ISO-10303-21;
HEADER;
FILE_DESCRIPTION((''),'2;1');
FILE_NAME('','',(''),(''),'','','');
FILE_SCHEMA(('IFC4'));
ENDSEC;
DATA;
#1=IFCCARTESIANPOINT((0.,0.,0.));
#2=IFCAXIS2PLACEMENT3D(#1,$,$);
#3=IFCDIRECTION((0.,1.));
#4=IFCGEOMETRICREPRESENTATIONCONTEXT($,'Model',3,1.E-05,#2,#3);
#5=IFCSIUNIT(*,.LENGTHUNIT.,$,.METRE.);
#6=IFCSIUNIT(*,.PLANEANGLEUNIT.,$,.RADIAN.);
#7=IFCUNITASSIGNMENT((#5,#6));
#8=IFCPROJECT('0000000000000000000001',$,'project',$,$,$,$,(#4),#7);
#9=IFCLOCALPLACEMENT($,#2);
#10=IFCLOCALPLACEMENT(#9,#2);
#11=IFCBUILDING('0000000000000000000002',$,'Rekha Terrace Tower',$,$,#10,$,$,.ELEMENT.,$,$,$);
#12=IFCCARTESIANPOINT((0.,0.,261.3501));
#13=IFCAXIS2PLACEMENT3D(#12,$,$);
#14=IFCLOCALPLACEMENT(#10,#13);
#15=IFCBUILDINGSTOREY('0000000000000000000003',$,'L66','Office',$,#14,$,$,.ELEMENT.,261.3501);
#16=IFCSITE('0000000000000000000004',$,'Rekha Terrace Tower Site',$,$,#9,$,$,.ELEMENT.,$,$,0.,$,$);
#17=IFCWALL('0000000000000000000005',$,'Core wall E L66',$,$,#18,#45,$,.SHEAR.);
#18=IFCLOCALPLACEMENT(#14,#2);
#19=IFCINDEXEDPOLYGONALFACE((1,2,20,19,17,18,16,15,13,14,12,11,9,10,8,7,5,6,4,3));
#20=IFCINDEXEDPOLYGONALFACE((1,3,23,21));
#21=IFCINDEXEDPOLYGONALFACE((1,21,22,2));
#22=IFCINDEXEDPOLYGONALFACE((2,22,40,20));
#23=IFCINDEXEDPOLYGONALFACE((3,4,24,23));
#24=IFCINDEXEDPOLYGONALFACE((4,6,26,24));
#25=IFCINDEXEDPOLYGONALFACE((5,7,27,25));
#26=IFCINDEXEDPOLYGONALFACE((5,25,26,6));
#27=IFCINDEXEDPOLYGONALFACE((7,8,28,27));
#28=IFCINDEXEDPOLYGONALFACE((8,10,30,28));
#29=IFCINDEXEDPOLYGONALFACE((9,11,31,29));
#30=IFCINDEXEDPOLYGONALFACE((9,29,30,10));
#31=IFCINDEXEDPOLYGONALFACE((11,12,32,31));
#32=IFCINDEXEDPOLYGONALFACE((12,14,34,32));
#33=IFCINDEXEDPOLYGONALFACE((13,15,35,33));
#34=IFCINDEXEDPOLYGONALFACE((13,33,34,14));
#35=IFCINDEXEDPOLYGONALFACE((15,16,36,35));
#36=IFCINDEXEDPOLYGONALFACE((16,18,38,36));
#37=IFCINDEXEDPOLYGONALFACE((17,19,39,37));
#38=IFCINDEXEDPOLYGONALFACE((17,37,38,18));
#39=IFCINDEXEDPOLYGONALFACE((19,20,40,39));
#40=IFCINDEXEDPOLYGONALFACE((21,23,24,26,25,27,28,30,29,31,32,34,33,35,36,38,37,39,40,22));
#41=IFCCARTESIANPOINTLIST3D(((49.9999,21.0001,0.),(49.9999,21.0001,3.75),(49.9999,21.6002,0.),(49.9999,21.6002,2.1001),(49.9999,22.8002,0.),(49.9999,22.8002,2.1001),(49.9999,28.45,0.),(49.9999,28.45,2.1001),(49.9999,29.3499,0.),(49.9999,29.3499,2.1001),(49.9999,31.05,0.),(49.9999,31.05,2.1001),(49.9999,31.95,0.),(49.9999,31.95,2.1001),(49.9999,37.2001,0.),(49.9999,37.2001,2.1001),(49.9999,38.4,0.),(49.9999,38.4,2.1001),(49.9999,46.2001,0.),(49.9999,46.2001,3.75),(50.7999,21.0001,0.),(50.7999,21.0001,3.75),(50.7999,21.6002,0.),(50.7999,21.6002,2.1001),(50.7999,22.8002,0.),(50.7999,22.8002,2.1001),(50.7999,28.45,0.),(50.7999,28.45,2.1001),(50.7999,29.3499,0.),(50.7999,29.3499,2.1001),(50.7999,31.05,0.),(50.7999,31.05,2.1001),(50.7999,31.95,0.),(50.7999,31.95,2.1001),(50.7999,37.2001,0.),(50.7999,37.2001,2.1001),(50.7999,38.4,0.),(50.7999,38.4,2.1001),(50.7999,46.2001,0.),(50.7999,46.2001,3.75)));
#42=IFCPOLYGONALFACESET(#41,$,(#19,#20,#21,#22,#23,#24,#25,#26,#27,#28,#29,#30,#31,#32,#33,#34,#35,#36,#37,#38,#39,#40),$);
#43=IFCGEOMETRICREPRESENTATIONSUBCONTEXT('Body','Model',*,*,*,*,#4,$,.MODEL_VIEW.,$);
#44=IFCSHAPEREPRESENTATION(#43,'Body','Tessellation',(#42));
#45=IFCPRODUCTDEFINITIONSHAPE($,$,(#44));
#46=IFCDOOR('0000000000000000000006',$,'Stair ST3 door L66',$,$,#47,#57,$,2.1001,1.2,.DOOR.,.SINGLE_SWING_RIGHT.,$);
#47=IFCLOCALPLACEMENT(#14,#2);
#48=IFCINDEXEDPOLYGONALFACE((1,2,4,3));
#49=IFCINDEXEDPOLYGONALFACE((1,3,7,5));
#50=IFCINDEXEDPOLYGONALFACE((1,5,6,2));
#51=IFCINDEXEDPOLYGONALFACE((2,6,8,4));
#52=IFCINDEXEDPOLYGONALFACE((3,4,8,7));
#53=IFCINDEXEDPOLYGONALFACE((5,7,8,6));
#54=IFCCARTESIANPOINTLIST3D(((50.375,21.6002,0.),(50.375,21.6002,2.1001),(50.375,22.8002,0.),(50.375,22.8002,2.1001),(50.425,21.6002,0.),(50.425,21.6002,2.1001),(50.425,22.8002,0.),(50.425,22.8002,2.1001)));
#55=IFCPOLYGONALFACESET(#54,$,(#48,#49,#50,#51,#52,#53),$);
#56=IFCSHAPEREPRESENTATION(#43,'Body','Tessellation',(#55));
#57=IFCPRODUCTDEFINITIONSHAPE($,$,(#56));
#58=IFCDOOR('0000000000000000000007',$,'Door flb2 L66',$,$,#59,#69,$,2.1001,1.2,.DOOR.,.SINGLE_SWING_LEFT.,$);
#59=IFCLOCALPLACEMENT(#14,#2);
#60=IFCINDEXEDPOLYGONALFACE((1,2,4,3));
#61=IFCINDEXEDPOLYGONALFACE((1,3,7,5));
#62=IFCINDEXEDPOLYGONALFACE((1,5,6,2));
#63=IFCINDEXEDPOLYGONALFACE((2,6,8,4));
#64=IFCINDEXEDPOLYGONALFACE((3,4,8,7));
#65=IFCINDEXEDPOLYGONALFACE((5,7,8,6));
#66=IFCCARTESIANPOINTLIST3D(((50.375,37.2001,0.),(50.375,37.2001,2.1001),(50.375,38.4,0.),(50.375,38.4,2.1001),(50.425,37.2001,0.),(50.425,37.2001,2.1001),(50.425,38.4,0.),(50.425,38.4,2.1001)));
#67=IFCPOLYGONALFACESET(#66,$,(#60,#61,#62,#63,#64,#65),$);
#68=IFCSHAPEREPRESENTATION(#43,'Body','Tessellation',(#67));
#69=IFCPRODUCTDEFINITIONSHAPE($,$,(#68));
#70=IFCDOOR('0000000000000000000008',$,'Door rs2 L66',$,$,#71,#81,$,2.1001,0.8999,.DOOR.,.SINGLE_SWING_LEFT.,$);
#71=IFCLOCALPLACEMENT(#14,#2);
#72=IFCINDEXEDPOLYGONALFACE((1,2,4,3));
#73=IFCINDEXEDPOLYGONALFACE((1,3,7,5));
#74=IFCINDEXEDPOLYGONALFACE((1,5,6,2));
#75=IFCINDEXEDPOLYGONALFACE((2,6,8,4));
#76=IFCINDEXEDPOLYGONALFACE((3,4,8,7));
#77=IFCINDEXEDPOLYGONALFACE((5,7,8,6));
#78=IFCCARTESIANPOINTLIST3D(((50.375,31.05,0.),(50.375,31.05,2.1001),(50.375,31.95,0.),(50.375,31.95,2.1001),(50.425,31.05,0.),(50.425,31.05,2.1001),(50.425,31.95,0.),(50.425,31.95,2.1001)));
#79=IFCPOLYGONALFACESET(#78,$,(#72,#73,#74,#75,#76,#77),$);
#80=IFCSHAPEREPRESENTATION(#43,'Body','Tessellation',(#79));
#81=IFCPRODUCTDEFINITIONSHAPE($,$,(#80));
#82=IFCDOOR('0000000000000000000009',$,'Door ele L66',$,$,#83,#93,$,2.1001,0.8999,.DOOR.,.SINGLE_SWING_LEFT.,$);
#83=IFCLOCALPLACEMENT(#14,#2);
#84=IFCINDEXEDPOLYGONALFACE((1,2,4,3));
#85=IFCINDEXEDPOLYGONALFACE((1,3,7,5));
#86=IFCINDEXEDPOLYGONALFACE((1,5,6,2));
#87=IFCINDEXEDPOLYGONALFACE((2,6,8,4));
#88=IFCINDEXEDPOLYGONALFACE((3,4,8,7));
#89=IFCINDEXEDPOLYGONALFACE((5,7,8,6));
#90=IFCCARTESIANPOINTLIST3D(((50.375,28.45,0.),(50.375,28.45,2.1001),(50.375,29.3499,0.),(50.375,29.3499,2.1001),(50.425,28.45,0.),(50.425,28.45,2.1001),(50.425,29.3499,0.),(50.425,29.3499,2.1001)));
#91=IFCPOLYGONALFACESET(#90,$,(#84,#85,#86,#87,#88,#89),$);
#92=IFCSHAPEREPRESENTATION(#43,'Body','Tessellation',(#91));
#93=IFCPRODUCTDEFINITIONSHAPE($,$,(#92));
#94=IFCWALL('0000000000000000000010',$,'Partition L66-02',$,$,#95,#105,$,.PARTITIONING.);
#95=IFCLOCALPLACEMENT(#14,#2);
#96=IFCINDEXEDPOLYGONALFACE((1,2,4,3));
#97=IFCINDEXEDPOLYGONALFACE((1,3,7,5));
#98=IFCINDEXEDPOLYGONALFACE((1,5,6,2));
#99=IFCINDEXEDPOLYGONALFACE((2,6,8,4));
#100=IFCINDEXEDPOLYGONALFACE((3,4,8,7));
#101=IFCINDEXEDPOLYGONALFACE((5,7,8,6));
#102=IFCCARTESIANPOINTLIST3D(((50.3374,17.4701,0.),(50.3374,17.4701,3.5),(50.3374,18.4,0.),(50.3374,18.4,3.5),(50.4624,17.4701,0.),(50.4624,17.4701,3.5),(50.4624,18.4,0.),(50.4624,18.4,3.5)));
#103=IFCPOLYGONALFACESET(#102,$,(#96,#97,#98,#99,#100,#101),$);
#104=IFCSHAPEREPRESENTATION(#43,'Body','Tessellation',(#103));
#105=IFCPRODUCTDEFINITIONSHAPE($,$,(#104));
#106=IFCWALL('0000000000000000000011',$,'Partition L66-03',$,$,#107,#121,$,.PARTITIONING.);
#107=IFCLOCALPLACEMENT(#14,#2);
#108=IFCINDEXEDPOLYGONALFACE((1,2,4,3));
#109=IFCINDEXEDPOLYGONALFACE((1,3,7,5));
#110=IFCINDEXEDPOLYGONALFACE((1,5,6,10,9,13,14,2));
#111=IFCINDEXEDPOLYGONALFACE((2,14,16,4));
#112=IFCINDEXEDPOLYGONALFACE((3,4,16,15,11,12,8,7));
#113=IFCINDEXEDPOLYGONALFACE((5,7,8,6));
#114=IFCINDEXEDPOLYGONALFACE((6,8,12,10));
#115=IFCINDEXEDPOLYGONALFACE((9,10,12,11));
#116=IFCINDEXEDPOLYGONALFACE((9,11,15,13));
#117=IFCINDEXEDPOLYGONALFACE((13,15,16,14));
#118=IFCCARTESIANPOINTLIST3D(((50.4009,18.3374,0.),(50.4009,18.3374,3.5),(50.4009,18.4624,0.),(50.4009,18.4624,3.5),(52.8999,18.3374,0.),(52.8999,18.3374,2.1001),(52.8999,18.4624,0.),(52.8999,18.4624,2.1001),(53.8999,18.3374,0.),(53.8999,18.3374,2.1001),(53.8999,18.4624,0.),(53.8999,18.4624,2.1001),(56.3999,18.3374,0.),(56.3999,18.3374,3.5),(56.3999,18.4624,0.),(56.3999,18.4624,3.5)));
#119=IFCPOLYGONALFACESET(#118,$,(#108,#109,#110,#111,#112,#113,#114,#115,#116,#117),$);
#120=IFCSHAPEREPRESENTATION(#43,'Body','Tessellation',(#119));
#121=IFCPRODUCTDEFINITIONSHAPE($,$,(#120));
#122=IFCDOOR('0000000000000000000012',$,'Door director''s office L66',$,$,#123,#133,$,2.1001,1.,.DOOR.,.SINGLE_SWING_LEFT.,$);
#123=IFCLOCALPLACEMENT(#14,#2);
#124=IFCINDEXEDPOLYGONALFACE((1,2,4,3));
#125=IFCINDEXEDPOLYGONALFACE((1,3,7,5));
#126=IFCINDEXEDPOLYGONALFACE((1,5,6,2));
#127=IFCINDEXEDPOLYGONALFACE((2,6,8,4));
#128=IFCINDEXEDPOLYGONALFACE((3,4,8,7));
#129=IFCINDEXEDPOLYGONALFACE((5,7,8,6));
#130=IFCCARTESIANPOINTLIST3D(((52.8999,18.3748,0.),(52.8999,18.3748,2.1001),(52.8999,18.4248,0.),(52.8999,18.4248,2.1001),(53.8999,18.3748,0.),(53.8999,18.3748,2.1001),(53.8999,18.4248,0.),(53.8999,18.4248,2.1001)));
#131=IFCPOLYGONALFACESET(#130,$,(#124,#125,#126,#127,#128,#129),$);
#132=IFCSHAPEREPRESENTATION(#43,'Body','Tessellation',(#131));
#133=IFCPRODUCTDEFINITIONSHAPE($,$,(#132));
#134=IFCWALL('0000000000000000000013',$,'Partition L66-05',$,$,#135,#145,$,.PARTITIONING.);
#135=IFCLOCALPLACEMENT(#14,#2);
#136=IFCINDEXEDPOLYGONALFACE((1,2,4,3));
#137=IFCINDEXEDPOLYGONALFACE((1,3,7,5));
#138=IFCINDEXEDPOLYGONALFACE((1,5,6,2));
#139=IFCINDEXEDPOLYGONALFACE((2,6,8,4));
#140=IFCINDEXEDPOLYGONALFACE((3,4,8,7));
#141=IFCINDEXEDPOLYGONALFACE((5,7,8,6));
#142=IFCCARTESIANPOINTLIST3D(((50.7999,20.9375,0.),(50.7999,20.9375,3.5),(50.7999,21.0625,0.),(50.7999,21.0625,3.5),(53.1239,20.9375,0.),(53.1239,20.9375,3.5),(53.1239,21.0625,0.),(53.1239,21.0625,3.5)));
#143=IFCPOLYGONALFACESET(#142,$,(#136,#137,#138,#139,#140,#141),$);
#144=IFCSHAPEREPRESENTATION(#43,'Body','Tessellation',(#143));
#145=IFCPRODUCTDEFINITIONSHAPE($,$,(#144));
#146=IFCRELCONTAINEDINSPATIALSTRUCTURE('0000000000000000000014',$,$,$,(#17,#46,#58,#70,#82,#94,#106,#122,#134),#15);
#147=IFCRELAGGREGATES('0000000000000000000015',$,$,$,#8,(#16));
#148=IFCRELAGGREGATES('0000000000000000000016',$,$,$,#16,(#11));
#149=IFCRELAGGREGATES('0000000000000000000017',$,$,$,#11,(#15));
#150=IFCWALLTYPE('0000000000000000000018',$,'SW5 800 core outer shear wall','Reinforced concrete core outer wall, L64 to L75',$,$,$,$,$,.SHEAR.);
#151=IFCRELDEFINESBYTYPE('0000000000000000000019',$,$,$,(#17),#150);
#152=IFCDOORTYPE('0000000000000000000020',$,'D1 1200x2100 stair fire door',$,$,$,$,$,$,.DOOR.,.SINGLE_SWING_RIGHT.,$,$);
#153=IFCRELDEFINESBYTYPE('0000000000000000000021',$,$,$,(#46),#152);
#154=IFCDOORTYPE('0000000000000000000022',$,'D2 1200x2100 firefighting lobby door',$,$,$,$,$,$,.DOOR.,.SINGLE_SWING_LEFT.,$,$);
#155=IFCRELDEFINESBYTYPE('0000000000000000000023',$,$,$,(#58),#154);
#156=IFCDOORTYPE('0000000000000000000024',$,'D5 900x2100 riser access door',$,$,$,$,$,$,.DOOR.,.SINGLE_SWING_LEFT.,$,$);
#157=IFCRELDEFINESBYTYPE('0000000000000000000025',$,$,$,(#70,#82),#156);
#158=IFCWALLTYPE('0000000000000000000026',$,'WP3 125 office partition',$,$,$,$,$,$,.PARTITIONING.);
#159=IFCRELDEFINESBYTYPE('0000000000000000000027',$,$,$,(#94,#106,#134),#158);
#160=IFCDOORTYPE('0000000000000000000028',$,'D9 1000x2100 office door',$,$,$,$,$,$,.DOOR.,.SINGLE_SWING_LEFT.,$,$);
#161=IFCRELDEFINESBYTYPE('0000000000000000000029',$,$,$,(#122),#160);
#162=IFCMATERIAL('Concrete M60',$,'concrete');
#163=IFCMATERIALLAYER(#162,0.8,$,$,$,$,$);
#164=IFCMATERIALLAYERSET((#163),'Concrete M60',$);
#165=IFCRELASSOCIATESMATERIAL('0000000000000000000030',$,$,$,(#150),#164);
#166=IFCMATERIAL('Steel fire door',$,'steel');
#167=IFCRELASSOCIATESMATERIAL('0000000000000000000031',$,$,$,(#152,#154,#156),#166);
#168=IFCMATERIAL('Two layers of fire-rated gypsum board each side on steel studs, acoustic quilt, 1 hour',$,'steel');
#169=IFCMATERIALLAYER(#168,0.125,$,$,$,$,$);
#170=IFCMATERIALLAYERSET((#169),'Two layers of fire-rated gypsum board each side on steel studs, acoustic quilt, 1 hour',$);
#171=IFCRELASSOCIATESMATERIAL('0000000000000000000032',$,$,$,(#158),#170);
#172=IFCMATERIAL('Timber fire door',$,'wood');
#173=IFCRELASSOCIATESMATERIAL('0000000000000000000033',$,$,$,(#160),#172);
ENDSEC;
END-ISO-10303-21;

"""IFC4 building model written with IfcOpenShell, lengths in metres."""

from ifc_helpers import new_model, si_unit, direction, frame, frame_2d, origin, place, context, subcontext, project, spatial, rectangle, extrude, material, layer, layer_set, type_object, element, fill, save


model = new_model("IFC4")

# Units and contexts
model_context = context("Model", 3, precision=1e-05, world=origin(), true_north=direction((0.0, 1.0)))
body_context = subcontext(model_context, "Body", "Model", "MODEL_VIEW")
ifc_project = project(units=[si_unit("LENGTHUNIT", "METRE"), si_unit("PLANEANGLEUNIT", "RADIAN")], contexts=[model_context])

# Site, building, storey
site_placement = place(None, origin())
site = spatial("IfcSite", under=ifc_project, at=site_placement, Name="Rekha Terrace Tower Site", CompositionType="ELEMENT", RefElevation=0.0)
building_placement = place(site_placement, origin())
building = spatial("IfcBuilding", under=site, at=building_placement, Name="Rekha Terrace Tower", CompositionType="ELEMENT")
storey_placement = place(building_placement, frame((0.0, 0.0, 261.3501)))
storey = spatial("IfcBuildingStorey", under=building, at=storey_placement, Name="L66", Description="Office", CompositionType="ELEMENT", Elevation=261.3501)

# Shared definitions
ifc_material_1 = material(Name="Concrete M60", Category="concrete")

# Wall, openings, doors
ifc_layer_1 = layer(ifc_material_1, 0.8)
ifc_layer_set_1 = layer_set([ifc_layer_1], Name="Concrete M60")
wall_type_1 = type_object("IfcWallType", Name="SW5 800 core outer shear wall", Description="Reinforced concrete core outer wall, L64 to L75", PredefinedType="SHEAR", material=ifc_layer_set_1)
wall_1_placement = place(storey_placement, frame((50.3999, 21.0, 0.0), z_axis=(0.0, 0.0, 1.0), x_axis=(0.0, 1.0, 0.0)))
wall_1 = element("IfcWall", 1, at=wall_1_placement, inside=storey, type_object=wall_type_1, Name="Core wall E L66", PredefinedType="SHEAR", context=body_context, shape_type="SweptSolid", body=[
    extrude(rectangle(XDim=25.2, YDim=0.8, at=frame_2d((12.6001, 0.0))), origin(), (0.0, 0.0, 1.0), 3.75),
])
opening_1_placement = place(wall_1_placement, frame((16.2, 0.0, 0.0)))
opening_1 = element("IfcOpeningElement", 2, at=opening_1_placement, cuts=wall_1, PredefinedType="OPENING", context=body_context, shape_type="SweptSolid", body=[
    extrude(rectangle(XDim=1.2, YDim=2.1001, at=frame_2d((0.6001, 1.05))), frame((0.0, 0.4099, 0.0), z_axis=(0.0, -1.0, 0.0), x_axis=(1.0, 0.0, 0.0)), (0.0, 0.0, 1.0), 0.8201),
])
opening_2_placement = place(wall_1_placement, frame((10.05, 0.0, 0.0)))
opening_2 = element("IfcOpeningElement", 3, at=opening_2_placement, cuts=wall_1, PredefinedType="OPENING", context=body_context, shape_type="SweptSolid", body=[
    extrude(rectangle(XDim=0.8999, YDim=2.1001, at=frame_2d((0.45, 1.05))), frame((0.0, 0.4099, 0.0), z_axis=(0.0, -1.0, 0.0), x_axis=(1.0, 0.0, 0.0)), (0.0, 0.0, 1.0), 0.8201),
])
opening_3_placement = place(wall_1_placement, frame((7.45, 0.0, 0.0)))
opening_3 = element("IfcOpeningElement", 4, at=opening_3_placement, cuts=wall_1, PredefinedType="OPENING", context=body_context, shape_type="SweptSolid", body=[
    extrude(rectangle(XDim=0.8999, YDim=2.1001, at=frame_2d((0.45, 1.05))), frame((0.0, 0.4099, 0.0), z_axis=(0.0, -1.0, 0.0), x_axis=(1.0, 0.0, 0.0)), (0.0, 0.0, 1.0), 0.8201),
])
opening_4_placement = place(wall_1_placement, frame((0.6001, 0.0, 0.0)))
opening_4 = element("IfcOpeningElement", 5, at=opening_4_placement, cuts=wall_1, PredefinedType="OPENING", context=body_context, shape_type="SweptSolid", body=[
    extrude(rectangle(XDim=1.2, YDim=2.1001, at=frame_2d((0.6001, 1.05))), frame((0.0, 0.4099, 0.0), z_axis=(0.0, -1.0, 0.0), x_axis=(1.0, 0.0, 0.0)), (0.0, 0.0, 1.0), 0.8201),
])
ifc_material_2 = material(Name="Steel fire door", Category="steel")
door_type_1 = type_object("IfcDoorType", Name="D1 1200x2100 stair fire door", OperationType="SINGLE_SWING_RIGHT", PredefinedType="DOOR", material=ifc_material_2)
door_1_placement = place(opening_4_placement, origin())
door_1 = element("IfcDoor", 6, at=door_1_placement, inside=storey, type_object=door_type_1, Name="Stair ST3 door L66", OperationType="SINGLE_SWING_RIGHT", OverallHeight=2.1001, OverallWidth=1.2, PredefinedType="DOOR", context=body_context, shape_type="SweptSolid", body=[
    extrude(rectangle(XDim=1.2, YDim=2.1001, at=frame_2d((0.6001, 1.05))), frame((0.0, 0.0249, 0.0), z_axis=(0.0, -1.0, 0.0), x_axis=(1.0, 0.0, 0.0)), (0.0, 0.0, 1.0), 0.05),
])
fill(opening_4, door_1)
door_type_2 = type_object("IfcDoorType", Name="D2 1200x2100 firefighting lobby door", OperationType="SINGLE_SWING_LEFT", PredefinedType="DOOR", material=ifc_material_2)
door_2_placement = place(opening_1_placement, origin())
door_2 = element("IfcDoor", 7, at=door_2_placement, inside=storey, type_object=door_type_2, Name="Door flb2 L66", OperationType="SINGLE_SWING_LEFT", OverallHeight=2.1001, OverallWidth=1.2, PredefinedType="DOOR", context=body_context, shape_type="SweptSolid", body=[
    extrude(rectangle(XDim=1.2, YDim=2.1001, at=frame_2d((0.6001, 1.05))), frame((0.0, 0.0249, 0.0), z_axis=(0.0, -1.0, 0.0), x_axis=(1.0, 0.0, 0.0)), (0.0, 0.0, 1.0), 0.05),
])
fill(opening_1, door_2)
door_type_3 = type_object("IfcDoorType", Name="D5 900x2100 riser access door", OperationType="SINGLE_SWING_LEFT", PredefinedType="DOOR", material=ifc_material_2)
door_3_placement = place(opening_2_placement, origin())
door_3 = element("IfcDoor", 8, at=door_3_placement, inside=storey, type_object=door_type_3, Name="Door rs2 L66", OperationType="SINGLE_SWING_LEFT", OverallHeight=2.1001, OverallWidth=0.8999, PredefinedType="DOOR", context=body_context, shape_type="SweptSolid", body=[
    extrude(rectangle(XDim=0.8999, YDim=2.1001, at=frame_2d((0.45, 1.05))), frame((0.0, 0.0249, 0.0), z_axis=(0.0, -1.0, 0.0), x_axis=(1.0, 0.0, 0.0)), (0.0, 0.0, 1.0), 0.05),
])
fill(opening_2, door_3)
door_4_placement = place(opening_3_placement, origin())
door_4 = element("IfcDoor", 9, at=door_4_placement, inside=storey, type_object=door_type_3, Name="Door ele L66", OperationType="SINGLE_SWING_LEFT", OverallHeight=2.1001, OverallWidth=0.8999, PredefinedType="DOOR", context=body_context, shape_type="SweptSolid", body=[
    extrude(rectangle(XDim=0.8999, YDim=2.1001, at=frame_2d((0.45, 1.05))), frame((0.0, 0.0249, 0.0), z_axis=(0.0, -1.0, 0.0), x_axis=(1.0, 0.0, 0.0)), (0.0, 0.0, 1.0), 0.05),
])
fill(opening_3, door_4)

# Wall
ifc_material_3 = material(Name="Two layers of fire-rated gypsum board each side on steel studs, acoustic quilt, 1 hour", Category="steel")
ifc_layer_2 = layer(ifc_material_3, 0.125)
ifc_layer_set_2 = layer_set([ifc_layer_2], Name="Two layers of fire-rated gypsum board each side on steel studs, acoustic quilt, 1 hour")
wall_type_2 = type_object("IfcWallType", Name="WP3 125 office partition", PredefinedType="PARTITIONING", material=ifc_layer_set_2)
wall_2_placement = place(storey_placement, frame((50.3999, 18.3999, 0.0), z_axis=(0.0, 0.0, 1.0), x_axis=(0.0, -1.0, 0.0)))
element("IfcWall", 10, at=wall_2_placement, inside=storey, type_object=wall_type_2, Name="Partition L66-02", PredefinedType="PARTITIONING", context=body_context, shape_type="SweptSolid", body=[
    extrude(rectangle(XDim=0.9299, YDim=0.125, at=frame_2d((0.4648, 0.0))), origin(), (0.0, 0.0, 1.0), 3.5),
])

# Wall, opening, door
wall_3_placement = place(storey_placement, frame((50.4009, 18.3999, 0.0), z_axis=(0.0, 0.0, 1.0), x_axis=(1.0, 0.0, 0.0)))
wall_3 = element("IfcWall", 11, at=wall_3_placement, inside=storey, type_object=wall_type_2, Name="Partition L66-03", PredefinedType="PARTITIONING", context=body_context, shape_type="SweptSolid", body=[
    extrude(rectangle(XDim=5.999, YDim=0.125, at=frame_2d((2.9995, 0.0))), origin(), (0.0, 0.0, 1.0), 3.5),
])
opening_5_placement = place(wall_3_placement, frame((2.499, 0.0, 0.0)))
opening_5 = element("IfcOpeningElement", 12, at=opening_5_placement, cuts=wall_3, PredefinedType="OPENING", context=body_context, shape_type="SweptSolid", body=[
    extrude(rectangle(XDim=1.0, YDim=2.1001, at=frame_2d((0.5, 1.05))), frame((0.0, 0.0725, 0.0), z_axis=(0.0, -1.0, 0.0), x_axis=(1.0, 0.0, 0.0)), (0.0, 0.0, 1.0), 0.145),
])
ifc_material_4 = material(Name="Timber fire door", Category="wood")
door_type_4 = type_object("IfcDoorType", Name="D9 1000x2100 office door", OperationType="SINGLE_SWING_LEFT", PredefinedType="DOOR", material=ifc_material_4)
door_5_placement = place(opening_5_placement, origin())
door_5 = element("IfcDoor", 13, at=door_5_placement, inside=storey, type_object=door_type_4, Name="Door director's office L66", OperationType="SINGLE_SWING_LEFT", OverallHeight=2.1001, OverallWidth=1.0, PredefinedType="DOOR", context=body_context, shape_type="SweptSolid", body=[
    extrude(rectangle(XDim=1.0, YDim=2.1001, at=frame_2d((0.5, 1.05))), frame((0.0, 0.0249, 0.0), z_axis=(0.0, -1.0, 0.0), x_axis=(1.0, 0.0, 0.0)), (0.0, 0.0, 1.0), 0.05),
])
fill(opening_5, door_5)

# Wall
wall_4_placement = place(storey_placement, frame((53.124, 21.0, 0.0), z_axis=(0.0, 0.0, 1.0), x_axis=(-1.0, 0.0, 0.0)))
element("IfcWall", 14, at=wall_4_placement, inside=storey, type_object=wall_type_2, Name="Partition L66-05", PredefinedType="PARTITIONING", context=body_context, shape_type="SweptSolid", body=[
    extrude(rectangle(XDim=2.324, YDim=0.125, at=frame_2d((1.1621, 0.0))), origin(), (0.0, 0.0, 1.0), 3.5),
])

save(model, "model.ifc")
